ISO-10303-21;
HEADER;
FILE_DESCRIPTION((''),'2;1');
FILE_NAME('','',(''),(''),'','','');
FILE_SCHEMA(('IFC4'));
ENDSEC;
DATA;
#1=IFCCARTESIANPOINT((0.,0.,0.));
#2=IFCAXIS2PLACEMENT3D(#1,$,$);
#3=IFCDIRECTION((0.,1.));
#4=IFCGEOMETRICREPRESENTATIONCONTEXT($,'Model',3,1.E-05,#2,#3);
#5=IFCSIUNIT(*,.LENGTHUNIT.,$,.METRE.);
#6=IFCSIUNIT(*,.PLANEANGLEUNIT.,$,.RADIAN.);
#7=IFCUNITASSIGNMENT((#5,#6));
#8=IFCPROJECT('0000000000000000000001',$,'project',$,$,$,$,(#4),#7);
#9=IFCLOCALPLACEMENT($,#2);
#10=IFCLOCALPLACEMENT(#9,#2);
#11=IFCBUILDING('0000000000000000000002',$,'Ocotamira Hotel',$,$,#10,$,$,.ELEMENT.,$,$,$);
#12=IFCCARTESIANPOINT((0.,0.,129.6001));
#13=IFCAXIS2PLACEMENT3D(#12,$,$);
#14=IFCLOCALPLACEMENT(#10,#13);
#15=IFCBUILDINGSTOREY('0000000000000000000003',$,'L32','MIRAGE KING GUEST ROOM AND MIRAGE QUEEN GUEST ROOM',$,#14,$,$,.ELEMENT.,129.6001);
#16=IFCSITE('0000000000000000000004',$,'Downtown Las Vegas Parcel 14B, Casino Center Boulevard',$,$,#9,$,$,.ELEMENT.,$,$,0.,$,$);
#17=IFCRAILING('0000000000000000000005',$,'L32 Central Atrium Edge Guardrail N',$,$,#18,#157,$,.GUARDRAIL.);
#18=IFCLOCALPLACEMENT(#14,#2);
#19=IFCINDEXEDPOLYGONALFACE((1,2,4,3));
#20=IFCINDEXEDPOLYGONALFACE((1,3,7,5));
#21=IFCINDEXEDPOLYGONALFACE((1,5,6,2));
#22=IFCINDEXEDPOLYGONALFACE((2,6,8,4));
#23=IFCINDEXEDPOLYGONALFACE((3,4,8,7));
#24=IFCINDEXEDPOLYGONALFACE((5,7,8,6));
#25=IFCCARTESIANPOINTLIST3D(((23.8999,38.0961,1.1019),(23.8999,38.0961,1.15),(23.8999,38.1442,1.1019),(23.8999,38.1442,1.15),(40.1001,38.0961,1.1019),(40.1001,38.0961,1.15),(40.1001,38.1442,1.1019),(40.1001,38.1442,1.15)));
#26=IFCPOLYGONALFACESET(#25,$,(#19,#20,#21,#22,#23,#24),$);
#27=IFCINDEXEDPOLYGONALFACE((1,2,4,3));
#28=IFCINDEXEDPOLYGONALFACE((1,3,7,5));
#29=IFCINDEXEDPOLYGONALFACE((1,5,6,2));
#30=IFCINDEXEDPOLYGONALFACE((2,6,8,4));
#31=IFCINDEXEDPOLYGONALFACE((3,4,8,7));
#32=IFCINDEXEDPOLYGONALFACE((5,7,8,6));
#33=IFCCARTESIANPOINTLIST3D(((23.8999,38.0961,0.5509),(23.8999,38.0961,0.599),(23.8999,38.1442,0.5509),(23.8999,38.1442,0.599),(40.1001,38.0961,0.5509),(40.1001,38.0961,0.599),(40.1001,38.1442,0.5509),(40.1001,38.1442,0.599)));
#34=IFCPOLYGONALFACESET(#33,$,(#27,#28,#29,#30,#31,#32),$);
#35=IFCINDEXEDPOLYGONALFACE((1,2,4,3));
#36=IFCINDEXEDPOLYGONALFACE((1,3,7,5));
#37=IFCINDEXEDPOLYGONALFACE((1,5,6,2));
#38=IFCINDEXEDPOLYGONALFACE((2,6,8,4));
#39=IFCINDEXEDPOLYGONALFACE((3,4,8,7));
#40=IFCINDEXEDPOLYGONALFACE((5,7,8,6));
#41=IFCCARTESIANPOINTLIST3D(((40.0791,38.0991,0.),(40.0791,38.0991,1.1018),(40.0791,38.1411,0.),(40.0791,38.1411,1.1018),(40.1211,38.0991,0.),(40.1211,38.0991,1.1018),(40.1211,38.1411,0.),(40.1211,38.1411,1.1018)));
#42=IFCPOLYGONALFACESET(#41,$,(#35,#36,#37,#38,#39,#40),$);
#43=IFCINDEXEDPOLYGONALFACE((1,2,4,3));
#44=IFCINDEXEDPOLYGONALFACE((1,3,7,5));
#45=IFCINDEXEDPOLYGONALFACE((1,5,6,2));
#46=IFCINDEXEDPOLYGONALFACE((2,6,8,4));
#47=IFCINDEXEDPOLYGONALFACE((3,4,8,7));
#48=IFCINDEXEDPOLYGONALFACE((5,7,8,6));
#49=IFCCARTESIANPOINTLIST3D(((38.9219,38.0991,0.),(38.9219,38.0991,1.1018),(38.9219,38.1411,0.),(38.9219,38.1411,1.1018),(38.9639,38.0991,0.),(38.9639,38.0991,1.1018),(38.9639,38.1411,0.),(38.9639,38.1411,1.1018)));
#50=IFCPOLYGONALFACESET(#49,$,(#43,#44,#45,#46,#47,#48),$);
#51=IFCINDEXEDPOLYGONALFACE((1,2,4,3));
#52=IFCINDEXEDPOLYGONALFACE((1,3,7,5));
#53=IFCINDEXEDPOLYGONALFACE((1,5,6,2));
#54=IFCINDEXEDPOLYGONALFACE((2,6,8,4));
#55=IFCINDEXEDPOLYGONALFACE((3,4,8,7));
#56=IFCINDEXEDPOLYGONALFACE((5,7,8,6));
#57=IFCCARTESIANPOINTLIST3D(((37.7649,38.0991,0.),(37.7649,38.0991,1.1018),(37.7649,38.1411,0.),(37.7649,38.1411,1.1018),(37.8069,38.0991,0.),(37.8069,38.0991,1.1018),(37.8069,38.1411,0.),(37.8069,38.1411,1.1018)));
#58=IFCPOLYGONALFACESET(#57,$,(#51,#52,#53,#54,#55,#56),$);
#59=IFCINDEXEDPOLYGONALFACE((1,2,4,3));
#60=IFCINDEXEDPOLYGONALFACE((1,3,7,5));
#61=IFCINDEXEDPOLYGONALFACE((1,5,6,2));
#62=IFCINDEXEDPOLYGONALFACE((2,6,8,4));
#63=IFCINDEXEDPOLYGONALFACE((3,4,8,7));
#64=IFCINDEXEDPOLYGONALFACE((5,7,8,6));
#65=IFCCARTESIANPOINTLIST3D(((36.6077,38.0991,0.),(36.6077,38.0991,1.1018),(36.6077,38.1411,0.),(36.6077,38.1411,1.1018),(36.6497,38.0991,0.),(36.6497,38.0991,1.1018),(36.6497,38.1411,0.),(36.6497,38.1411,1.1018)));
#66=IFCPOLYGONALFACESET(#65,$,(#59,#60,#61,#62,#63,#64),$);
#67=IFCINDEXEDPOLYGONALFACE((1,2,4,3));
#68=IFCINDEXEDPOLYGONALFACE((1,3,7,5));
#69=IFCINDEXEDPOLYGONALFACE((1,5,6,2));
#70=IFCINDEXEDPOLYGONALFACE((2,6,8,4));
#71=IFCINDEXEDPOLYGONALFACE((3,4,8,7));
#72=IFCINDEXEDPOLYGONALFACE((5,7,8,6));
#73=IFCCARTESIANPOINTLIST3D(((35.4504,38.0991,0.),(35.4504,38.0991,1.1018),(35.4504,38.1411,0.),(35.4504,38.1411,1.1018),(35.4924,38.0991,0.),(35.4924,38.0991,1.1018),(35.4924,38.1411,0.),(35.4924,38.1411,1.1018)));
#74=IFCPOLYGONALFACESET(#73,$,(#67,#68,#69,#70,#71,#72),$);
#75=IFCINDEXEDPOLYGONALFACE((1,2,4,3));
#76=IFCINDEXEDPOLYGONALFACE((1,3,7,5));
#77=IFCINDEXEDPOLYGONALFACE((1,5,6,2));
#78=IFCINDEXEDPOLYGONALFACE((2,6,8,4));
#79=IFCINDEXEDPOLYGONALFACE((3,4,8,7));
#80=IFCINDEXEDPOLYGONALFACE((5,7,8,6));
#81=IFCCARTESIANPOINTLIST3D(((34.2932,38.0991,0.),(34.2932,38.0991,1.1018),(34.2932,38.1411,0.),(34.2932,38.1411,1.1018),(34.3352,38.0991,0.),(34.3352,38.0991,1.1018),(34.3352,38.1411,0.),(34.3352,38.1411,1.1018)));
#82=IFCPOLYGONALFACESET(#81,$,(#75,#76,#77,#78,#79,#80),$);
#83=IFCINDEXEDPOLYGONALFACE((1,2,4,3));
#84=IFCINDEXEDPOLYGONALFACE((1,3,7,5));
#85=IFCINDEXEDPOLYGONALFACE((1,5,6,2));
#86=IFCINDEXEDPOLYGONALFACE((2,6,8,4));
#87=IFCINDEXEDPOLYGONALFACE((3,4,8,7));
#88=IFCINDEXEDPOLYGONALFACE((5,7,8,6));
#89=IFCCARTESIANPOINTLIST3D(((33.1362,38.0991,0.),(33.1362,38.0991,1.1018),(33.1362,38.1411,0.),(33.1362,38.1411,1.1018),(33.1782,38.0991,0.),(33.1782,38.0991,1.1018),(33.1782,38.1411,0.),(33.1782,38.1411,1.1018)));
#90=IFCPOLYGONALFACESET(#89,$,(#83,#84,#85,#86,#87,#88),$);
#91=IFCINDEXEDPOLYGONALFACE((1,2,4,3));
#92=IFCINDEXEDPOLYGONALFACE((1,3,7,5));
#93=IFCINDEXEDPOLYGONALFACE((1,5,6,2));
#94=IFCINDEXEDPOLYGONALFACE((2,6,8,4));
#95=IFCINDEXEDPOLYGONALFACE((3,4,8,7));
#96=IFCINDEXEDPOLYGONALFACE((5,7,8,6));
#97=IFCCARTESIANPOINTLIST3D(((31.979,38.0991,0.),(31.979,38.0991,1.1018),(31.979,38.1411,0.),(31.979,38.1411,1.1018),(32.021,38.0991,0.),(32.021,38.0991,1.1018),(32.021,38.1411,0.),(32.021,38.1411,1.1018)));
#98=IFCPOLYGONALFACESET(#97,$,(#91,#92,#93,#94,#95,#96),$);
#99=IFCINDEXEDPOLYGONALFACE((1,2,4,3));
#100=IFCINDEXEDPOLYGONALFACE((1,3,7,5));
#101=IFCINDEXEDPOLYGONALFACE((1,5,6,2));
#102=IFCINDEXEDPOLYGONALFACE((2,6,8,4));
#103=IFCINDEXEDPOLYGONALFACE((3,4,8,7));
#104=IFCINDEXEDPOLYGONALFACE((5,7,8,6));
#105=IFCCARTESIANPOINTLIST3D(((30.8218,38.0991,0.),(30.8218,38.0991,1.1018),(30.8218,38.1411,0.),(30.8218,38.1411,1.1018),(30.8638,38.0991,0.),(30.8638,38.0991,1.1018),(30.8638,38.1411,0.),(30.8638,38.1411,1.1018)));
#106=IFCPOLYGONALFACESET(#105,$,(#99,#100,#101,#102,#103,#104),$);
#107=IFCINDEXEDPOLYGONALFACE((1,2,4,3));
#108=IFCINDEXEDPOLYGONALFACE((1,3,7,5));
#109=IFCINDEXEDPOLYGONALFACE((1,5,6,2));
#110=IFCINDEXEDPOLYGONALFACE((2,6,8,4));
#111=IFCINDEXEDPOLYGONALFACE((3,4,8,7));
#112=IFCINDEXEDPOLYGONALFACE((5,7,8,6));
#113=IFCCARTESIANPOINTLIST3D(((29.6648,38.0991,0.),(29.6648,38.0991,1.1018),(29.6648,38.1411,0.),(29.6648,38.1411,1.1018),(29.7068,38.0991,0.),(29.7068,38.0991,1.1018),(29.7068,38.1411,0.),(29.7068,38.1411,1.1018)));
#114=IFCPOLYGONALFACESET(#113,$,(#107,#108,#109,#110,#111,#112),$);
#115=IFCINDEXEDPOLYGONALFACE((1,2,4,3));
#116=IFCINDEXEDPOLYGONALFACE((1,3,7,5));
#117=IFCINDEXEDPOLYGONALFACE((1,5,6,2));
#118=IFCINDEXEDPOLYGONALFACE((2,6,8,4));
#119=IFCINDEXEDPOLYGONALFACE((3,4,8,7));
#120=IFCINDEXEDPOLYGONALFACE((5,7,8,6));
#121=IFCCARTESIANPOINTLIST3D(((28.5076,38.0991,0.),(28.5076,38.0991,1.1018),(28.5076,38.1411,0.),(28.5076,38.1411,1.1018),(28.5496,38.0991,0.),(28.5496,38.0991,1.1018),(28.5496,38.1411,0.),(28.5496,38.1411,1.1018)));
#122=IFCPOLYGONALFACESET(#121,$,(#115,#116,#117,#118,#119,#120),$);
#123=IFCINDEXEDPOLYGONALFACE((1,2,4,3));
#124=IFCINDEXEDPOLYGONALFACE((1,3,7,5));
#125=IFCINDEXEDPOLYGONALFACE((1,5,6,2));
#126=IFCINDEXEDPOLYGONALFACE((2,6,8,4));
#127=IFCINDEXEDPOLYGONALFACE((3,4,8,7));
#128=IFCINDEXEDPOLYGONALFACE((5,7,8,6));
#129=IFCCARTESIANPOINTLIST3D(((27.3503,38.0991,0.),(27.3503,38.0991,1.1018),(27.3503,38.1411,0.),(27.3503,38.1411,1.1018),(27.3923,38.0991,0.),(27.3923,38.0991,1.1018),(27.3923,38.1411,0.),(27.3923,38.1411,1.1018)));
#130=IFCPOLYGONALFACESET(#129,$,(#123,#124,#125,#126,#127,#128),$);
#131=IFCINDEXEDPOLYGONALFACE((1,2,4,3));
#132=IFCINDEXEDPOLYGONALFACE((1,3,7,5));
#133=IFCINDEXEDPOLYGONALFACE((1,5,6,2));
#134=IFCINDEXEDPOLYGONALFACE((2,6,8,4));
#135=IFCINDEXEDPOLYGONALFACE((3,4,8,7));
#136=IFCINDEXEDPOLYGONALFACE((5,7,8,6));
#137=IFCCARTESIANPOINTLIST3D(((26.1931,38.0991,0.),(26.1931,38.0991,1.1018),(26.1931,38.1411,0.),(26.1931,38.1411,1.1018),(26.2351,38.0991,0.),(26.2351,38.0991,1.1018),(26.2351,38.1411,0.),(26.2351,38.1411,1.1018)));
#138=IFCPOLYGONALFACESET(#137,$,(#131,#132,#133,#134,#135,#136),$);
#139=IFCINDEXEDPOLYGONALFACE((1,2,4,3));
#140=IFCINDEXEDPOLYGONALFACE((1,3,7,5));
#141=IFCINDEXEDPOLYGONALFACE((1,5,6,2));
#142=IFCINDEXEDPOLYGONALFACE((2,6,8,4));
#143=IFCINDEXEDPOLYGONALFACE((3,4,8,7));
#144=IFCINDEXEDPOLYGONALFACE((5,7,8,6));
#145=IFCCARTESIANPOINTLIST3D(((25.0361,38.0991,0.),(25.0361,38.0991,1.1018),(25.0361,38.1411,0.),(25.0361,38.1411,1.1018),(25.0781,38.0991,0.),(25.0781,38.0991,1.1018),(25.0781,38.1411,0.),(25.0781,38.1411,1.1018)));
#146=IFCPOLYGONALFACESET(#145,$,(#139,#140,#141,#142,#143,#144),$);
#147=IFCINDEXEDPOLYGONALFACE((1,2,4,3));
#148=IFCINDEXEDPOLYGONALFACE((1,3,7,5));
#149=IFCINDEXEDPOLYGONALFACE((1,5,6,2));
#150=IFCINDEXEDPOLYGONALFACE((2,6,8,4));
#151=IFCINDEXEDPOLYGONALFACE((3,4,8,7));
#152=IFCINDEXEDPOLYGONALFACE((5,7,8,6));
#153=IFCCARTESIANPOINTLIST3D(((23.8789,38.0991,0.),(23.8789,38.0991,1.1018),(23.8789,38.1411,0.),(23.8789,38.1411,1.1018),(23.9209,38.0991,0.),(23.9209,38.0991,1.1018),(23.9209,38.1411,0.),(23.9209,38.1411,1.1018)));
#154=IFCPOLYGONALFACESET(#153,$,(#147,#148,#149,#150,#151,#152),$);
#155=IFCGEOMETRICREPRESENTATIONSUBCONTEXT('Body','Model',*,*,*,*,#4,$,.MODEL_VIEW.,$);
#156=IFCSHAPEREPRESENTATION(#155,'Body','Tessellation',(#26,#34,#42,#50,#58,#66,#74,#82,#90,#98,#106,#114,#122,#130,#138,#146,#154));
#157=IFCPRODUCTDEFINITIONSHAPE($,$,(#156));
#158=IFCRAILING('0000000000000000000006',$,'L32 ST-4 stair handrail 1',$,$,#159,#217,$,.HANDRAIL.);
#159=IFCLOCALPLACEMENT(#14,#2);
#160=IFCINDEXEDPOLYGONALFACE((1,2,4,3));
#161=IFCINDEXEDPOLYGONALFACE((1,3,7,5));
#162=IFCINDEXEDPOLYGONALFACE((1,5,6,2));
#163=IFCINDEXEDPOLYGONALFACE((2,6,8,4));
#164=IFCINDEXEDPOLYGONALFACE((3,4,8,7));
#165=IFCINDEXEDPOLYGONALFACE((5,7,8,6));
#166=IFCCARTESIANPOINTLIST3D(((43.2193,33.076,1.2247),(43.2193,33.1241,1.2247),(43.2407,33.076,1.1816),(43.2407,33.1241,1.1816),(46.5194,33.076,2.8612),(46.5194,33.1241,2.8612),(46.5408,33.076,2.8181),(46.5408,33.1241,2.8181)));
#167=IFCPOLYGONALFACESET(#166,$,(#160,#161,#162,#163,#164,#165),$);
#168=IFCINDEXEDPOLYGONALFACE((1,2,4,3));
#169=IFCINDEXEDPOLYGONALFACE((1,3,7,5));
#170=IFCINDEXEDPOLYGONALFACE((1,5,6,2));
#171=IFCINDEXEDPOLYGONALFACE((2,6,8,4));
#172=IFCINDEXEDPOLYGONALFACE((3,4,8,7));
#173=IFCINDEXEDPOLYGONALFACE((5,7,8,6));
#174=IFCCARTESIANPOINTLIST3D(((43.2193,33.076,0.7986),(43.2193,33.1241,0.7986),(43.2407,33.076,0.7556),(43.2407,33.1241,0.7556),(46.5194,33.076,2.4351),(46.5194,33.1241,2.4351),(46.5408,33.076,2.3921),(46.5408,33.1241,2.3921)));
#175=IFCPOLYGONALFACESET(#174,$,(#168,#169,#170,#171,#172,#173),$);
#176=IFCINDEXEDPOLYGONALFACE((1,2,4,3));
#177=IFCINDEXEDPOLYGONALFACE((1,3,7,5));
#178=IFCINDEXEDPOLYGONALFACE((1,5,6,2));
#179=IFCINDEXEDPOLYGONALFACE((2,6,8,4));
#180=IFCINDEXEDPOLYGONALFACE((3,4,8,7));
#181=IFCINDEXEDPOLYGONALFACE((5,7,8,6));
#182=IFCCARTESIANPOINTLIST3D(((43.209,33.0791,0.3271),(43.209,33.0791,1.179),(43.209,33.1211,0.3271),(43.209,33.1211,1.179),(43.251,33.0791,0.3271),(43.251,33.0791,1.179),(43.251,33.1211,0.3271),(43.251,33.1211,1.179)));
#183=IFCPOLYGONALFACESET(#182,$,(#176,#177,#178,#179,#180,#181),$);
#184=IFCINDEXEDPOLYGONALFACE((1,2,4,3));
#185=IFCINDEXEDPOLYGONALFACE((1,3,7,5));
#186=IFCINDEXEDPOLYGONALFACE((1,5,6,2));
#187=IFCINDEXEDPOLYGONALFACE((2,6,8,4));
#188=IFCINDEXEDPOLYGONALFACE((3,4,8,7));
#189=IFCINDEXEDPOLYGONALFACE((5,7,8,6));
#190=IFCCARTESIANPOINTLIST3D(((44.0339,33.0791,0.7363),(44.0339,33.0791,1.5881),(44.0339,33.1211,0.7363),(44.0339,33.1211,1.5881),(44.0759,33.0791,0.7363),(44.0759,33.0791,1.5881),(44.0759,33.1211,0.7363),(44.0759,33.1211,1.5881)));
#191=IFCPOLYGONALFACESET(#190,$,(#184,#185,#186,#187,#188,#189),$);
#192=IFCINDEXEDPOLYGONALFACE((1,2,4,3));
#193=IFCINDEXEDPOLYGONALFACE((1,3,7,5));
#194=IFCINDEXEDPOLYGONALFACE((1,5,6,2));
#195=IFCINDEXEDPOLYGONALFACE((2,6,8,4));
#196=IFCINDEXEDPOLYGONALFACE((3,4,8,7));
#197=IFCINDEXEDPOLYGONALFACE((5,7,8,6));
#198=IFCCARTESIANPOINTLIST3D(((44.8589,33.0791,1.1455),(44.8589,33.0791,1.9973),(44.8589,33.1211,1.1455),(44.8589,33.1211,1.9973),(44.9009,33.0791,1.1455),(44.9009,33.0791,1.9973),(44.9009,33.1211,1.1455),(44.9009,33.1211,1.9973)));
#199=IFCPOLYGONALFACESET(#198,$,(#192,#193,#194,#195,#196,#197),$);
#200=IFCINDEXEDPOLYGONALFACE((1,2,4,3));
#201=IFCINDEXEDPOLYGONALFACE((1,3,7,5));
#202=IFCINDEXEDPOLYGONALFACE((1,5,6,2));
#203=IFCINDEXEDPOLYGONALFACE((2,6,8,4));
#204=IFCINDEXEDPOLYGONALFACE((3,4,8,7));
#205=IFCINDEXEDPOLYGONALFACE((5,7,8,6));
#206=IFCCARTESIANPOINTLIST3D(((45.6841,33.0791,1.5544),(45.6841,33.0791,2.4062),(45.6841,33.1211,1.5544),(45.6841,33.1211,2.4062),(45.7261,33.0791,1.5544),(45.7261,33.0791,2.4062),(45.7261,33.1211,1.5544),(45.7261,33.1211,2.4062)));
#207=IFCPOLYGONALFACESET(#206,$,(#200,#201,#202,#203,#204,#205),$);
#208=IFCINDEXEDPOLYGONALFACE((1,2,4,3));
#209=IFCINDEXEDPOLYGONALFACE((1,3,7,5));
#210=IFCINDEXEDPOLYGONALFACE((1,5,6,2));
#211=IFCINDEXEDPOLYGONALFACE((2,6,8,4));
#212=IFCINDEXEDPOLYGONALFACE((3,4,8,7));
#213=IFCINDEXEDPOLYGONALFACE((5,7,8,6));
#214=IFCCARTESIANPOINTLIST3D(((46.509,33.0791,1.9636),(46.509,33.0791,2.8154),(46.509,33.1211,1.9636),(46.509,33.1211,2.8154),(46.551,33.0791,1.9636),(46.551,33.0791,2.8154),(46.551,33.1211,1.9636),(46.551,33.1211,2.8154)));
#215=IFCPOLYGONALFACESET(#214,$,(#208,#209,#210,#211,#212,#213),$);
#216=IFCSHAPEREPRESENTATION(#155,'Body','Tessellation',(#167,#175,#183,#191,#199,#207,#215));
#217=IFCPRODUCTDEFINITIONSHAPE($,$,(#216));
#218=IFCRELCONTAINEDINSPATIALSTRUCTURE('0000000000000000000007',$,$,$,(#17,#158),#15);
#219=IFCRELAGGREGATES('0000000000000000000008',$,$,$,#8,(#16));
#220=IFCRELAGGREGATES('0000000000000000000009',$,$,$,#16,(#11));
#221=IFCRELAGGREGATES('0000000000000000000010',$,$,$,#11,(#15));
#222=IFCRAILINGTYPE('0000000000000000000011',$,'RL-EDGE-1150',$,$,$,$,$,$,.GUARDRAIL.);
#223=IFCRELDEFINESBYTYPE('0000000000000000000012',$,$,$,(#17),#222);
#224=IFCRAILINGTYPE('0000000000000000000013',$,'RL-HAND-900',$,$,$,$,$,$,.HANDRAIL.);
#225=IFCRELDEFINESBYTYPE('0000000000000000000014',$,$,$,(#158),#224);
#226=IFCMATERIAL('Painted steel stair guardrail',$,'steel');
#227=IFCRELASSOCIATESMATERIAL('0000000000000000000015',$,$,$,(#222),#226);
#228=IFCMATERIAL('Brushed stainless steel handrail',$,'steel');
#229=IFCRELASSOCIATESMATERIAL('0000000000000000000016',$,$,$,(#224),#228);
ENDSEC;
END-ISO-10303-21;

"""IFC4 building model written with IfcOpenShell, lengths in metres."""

from ifc_helpers import new_model, si_unit, direction, frame, origin, origin_2d, place, context, subcontext, project, spatial, rectangle, extrude, material, type_object, element, save


model = new_model("IFC4")

# Units and contexts
model_context = context("Model", 3, precision=1e-05, world=origin(), true_north=direction((0.0, 1.0)))
body_context = subcontext(model_context, "Body", "Model", "MODEL_VIEW")
ifc_project = project(units=[si_unit("LENGTHUNIT", "METRE"), si_unit("PLANEANGLEUNIT", "RADIAN")], contexts=[model_context])

# Site, building, storey
site_placement = place(None, origin())
site = spatial("IfcSite", under=ifc_project, at=site_placement, Name="Downtown Las Vegas Parcel 14B, Casino Center Boulevard", CompositionType="ELEMENT", RefElevation=0.0)
building_placement = place(site_placement, origin())
building = spatial("IfcBuilding", under=site, at=building_placement, Name="Ocotamira Hotel", CompositionType="ELEMENT")
storey_placement = place(building_placement, frame((0.0, 0.0, 129.6001)))
storey = spatial("IfcBuildingStorey", under=building, at=storey_placement, Name="L32", Description="MIRAGE KING GUEST ROOM AND MIRAGE QUEEN GUEST ROOM", CompositionType="ELEMENT", Elevation=129.6001)

# Railings
ifc_material_1 = material(Name="Painted steel stair guardrail", Category="steel")
railing_type_1 = type_object("IfcRailingType", Name="RL-EDGE-1150", PredefinedType="GUARDRAIL", material=ifc_material_1)
railing_1_placement = place(storey_placement, frame((40.1001, 38.1201, 0.0)))
element("IfcRailing", 1, at=railing_1_placement, inside=storey, type_object=railing_type_1, Name="L32 Central Atrium Edge Guardrail N", PredefinedType="GUARDRAIL", context=body_context, shape_type="SweptSolid", body=[
    extrude(rectangle(XDim=0.0481, YDim=0.0481, at=origin_2d()), frame((0.0, 0.0, 1.126), z_axis=(-1.0, 0.0, 0.0), x_axis=(0.0, -1.0, 0.0)), (0.0, 0.0, 1.0), 16.2002),
    extrude(rectangle(XDim=0.0481, YDim=0.0481, at=origin_2d()), frame((0.0, 0.0, 0.575), z_axis=(-1.0, 0.0, 0.0), x_axis=(0.0, -1.0, 0.0)), (0.0, 0.0, 1.0), 16.2002),
    extrude(rectangle(XDim=0.042, YDim=0.042, at=origin_2d()), origin(), (0.0, 0.0, 1.0), 1.1018),
    extrude(rectangle(XDim=0.042, YDim=0.042, at=origin_2d()), frame((-1.1572, 0.0, 0.0)), (0.0, 0.0, 1.0), 1.1018),
    extrude(rectangle(XDim=0.042, YDim=0.042, at=origin_2d()), frame((-2.3142, 0.0, 0.0)), (0.0, 0.0, 1.0), 1.1018),
    extrude(rectangle(XDim=0.042, YDim=0.042, at=origin_2d()), frame((-3.4714, 0.0, 0.0)), (0.0, 0.0, 1.0), 1.1018),
    extrude(rectangle(XDim=0.042, YDim=0.042, at=origin_2d()), frame((-4.6287, 0.0, 0.0)), (0.0, 0.0, 1.0), 1.1018),
    extrude(rectangle(XDim=0.042, YDim=0.042, at=origin_2d()), frame((-5.7859, 0.0, 0.0)), (0.0, 0.0, 1.0), 1.1018),
    extrude(rectangle(XDim=0.042, YDim=0.042, at=origin_2d()), frame((-6.9429, 0.0, 0.0)), (0.0, 0.0, 1.0), 1.1018),
    extrude(rectangle(XDim=0.042, YDim=0.042, at=origin_2d()), frame((-8.1001, 0.0, 0.0)), (0.0, 0.0, 1.0), 1.1018),
    extrude(rectangle(XDim=0.042, YDim=0.042, at=origin_2d()), frame((-9.2573, 0.0, 0.0)), (0.0, 0.0, 1.0), 1.1018),
    extrude(rectangle(XDim=0.042, YDim=0.042, at=origin_2d()), frame((-10.4143, 0.0, 0.0)), (0.0, 0.0, 1.0), 1.1018),
    extrude(rectangle(XDim=0.042, YDim=0.042, at=origin_2d()), frame((-11.5715, 0.0, 0.0)), (0.0, 0.0, 1.0), 1.1018),
    extrude(rectangle(XDim=0.042, YDim=0.042, at=origin_2d()), frame((-12.7288, 0.0, 0.0)), (0.0, 0.0, 1.0), 1.1018),
    extrude(rectangle(XDim=0.042, YDim=0.042, at=origin_2d()), frame((-13.886, 0.0, 0.0)), (0.0, 0.0, 1.0), 1.1018),
    extrude(rectangle(XDim=0.042, YDim=0.042, at=origin_2d()), frame((-15.043, 0.0, 0.0)), (0.0, 0.0, 1.0), 1.1018),
    extrude(rectangle(XDim=0.042, YDim=0.042, at=origin_2d()), frame((-16.2002, 0.0, 0.0)), (0.0, 0.0, 1.0), 1.1018),
])
ifc_material_2 = material(Name="Brushed stainless steel handrail", Category="steel")
railing_type_2 = type_object("IfcRailingType", Name="RL-HAND-900", PredefinedType="HANDRAIL", material=ifc_material_2)
railing_2_placement = place(storey_placement, frame((43.23, 33.1001, 0.3271)))
element("IfcRailing", 2, at=railing_2_placement, inside=storey, type_object=railing_type_2, Name="L32 ST-4 stair handrail 1", PredefinedType="HANDRAIL", context=body_context, shape_type="SweptSolid", body=[
    extrude(rectangle(XDim=0.0481, YDim=0.0481, at=origin_2d()), frame((0.0, 0.0, 0.876), z_axis=(0.895894, 0.0, 0.444268), x_axis=(0.0, 1.0, 0.0)), (0.0, 0.0, 1.0), 3.6836),
    extrude(rectangle(XDim=0.0481, YDim=0.0481, at=origin_2d()), frame((0.0, 0.0, 0.45), z_axis=(0.895894, 0.0, 0.444268), x_axis=(0.0, 1.0, 0.0)), (0.0, 0.0, 1.0), 3.6836),
    extrude(rectangle(XDim=0.042, YDim=0.042, at=origin_2d()), origin(), (0.0, 0.0, 1.0), 0.8518),
    extrude(rectangle(XDim=0.042, YDim=0.042, at=origin_2d()), frame((0.825, 0.0, 0.4092)), (0.0, 0.0, 1.0), 0.8518),
    extrude(rectangle(XDim=0.042, YDim=0.042, at=origin_2d()), frame((1.6499, 0.0, 0.8184)), (0.0, 0.0, 1.0), 0.8518),
    extrude(rectangle(XDim=0.042, YDim=0.042, at=origin_2d()), frame((2.4751, 0.0, 1.2273)), (0.0, 0.0, 1.0), 0.8518),
    extrude(rectangle(XDim=0.042, YDim=0.042, at=origin_2d()), frame((3.3, 0.0, 1.6365)), (0.0, 0.0, 1.0), 0.8518),
])

save(model, "model.ifc")
